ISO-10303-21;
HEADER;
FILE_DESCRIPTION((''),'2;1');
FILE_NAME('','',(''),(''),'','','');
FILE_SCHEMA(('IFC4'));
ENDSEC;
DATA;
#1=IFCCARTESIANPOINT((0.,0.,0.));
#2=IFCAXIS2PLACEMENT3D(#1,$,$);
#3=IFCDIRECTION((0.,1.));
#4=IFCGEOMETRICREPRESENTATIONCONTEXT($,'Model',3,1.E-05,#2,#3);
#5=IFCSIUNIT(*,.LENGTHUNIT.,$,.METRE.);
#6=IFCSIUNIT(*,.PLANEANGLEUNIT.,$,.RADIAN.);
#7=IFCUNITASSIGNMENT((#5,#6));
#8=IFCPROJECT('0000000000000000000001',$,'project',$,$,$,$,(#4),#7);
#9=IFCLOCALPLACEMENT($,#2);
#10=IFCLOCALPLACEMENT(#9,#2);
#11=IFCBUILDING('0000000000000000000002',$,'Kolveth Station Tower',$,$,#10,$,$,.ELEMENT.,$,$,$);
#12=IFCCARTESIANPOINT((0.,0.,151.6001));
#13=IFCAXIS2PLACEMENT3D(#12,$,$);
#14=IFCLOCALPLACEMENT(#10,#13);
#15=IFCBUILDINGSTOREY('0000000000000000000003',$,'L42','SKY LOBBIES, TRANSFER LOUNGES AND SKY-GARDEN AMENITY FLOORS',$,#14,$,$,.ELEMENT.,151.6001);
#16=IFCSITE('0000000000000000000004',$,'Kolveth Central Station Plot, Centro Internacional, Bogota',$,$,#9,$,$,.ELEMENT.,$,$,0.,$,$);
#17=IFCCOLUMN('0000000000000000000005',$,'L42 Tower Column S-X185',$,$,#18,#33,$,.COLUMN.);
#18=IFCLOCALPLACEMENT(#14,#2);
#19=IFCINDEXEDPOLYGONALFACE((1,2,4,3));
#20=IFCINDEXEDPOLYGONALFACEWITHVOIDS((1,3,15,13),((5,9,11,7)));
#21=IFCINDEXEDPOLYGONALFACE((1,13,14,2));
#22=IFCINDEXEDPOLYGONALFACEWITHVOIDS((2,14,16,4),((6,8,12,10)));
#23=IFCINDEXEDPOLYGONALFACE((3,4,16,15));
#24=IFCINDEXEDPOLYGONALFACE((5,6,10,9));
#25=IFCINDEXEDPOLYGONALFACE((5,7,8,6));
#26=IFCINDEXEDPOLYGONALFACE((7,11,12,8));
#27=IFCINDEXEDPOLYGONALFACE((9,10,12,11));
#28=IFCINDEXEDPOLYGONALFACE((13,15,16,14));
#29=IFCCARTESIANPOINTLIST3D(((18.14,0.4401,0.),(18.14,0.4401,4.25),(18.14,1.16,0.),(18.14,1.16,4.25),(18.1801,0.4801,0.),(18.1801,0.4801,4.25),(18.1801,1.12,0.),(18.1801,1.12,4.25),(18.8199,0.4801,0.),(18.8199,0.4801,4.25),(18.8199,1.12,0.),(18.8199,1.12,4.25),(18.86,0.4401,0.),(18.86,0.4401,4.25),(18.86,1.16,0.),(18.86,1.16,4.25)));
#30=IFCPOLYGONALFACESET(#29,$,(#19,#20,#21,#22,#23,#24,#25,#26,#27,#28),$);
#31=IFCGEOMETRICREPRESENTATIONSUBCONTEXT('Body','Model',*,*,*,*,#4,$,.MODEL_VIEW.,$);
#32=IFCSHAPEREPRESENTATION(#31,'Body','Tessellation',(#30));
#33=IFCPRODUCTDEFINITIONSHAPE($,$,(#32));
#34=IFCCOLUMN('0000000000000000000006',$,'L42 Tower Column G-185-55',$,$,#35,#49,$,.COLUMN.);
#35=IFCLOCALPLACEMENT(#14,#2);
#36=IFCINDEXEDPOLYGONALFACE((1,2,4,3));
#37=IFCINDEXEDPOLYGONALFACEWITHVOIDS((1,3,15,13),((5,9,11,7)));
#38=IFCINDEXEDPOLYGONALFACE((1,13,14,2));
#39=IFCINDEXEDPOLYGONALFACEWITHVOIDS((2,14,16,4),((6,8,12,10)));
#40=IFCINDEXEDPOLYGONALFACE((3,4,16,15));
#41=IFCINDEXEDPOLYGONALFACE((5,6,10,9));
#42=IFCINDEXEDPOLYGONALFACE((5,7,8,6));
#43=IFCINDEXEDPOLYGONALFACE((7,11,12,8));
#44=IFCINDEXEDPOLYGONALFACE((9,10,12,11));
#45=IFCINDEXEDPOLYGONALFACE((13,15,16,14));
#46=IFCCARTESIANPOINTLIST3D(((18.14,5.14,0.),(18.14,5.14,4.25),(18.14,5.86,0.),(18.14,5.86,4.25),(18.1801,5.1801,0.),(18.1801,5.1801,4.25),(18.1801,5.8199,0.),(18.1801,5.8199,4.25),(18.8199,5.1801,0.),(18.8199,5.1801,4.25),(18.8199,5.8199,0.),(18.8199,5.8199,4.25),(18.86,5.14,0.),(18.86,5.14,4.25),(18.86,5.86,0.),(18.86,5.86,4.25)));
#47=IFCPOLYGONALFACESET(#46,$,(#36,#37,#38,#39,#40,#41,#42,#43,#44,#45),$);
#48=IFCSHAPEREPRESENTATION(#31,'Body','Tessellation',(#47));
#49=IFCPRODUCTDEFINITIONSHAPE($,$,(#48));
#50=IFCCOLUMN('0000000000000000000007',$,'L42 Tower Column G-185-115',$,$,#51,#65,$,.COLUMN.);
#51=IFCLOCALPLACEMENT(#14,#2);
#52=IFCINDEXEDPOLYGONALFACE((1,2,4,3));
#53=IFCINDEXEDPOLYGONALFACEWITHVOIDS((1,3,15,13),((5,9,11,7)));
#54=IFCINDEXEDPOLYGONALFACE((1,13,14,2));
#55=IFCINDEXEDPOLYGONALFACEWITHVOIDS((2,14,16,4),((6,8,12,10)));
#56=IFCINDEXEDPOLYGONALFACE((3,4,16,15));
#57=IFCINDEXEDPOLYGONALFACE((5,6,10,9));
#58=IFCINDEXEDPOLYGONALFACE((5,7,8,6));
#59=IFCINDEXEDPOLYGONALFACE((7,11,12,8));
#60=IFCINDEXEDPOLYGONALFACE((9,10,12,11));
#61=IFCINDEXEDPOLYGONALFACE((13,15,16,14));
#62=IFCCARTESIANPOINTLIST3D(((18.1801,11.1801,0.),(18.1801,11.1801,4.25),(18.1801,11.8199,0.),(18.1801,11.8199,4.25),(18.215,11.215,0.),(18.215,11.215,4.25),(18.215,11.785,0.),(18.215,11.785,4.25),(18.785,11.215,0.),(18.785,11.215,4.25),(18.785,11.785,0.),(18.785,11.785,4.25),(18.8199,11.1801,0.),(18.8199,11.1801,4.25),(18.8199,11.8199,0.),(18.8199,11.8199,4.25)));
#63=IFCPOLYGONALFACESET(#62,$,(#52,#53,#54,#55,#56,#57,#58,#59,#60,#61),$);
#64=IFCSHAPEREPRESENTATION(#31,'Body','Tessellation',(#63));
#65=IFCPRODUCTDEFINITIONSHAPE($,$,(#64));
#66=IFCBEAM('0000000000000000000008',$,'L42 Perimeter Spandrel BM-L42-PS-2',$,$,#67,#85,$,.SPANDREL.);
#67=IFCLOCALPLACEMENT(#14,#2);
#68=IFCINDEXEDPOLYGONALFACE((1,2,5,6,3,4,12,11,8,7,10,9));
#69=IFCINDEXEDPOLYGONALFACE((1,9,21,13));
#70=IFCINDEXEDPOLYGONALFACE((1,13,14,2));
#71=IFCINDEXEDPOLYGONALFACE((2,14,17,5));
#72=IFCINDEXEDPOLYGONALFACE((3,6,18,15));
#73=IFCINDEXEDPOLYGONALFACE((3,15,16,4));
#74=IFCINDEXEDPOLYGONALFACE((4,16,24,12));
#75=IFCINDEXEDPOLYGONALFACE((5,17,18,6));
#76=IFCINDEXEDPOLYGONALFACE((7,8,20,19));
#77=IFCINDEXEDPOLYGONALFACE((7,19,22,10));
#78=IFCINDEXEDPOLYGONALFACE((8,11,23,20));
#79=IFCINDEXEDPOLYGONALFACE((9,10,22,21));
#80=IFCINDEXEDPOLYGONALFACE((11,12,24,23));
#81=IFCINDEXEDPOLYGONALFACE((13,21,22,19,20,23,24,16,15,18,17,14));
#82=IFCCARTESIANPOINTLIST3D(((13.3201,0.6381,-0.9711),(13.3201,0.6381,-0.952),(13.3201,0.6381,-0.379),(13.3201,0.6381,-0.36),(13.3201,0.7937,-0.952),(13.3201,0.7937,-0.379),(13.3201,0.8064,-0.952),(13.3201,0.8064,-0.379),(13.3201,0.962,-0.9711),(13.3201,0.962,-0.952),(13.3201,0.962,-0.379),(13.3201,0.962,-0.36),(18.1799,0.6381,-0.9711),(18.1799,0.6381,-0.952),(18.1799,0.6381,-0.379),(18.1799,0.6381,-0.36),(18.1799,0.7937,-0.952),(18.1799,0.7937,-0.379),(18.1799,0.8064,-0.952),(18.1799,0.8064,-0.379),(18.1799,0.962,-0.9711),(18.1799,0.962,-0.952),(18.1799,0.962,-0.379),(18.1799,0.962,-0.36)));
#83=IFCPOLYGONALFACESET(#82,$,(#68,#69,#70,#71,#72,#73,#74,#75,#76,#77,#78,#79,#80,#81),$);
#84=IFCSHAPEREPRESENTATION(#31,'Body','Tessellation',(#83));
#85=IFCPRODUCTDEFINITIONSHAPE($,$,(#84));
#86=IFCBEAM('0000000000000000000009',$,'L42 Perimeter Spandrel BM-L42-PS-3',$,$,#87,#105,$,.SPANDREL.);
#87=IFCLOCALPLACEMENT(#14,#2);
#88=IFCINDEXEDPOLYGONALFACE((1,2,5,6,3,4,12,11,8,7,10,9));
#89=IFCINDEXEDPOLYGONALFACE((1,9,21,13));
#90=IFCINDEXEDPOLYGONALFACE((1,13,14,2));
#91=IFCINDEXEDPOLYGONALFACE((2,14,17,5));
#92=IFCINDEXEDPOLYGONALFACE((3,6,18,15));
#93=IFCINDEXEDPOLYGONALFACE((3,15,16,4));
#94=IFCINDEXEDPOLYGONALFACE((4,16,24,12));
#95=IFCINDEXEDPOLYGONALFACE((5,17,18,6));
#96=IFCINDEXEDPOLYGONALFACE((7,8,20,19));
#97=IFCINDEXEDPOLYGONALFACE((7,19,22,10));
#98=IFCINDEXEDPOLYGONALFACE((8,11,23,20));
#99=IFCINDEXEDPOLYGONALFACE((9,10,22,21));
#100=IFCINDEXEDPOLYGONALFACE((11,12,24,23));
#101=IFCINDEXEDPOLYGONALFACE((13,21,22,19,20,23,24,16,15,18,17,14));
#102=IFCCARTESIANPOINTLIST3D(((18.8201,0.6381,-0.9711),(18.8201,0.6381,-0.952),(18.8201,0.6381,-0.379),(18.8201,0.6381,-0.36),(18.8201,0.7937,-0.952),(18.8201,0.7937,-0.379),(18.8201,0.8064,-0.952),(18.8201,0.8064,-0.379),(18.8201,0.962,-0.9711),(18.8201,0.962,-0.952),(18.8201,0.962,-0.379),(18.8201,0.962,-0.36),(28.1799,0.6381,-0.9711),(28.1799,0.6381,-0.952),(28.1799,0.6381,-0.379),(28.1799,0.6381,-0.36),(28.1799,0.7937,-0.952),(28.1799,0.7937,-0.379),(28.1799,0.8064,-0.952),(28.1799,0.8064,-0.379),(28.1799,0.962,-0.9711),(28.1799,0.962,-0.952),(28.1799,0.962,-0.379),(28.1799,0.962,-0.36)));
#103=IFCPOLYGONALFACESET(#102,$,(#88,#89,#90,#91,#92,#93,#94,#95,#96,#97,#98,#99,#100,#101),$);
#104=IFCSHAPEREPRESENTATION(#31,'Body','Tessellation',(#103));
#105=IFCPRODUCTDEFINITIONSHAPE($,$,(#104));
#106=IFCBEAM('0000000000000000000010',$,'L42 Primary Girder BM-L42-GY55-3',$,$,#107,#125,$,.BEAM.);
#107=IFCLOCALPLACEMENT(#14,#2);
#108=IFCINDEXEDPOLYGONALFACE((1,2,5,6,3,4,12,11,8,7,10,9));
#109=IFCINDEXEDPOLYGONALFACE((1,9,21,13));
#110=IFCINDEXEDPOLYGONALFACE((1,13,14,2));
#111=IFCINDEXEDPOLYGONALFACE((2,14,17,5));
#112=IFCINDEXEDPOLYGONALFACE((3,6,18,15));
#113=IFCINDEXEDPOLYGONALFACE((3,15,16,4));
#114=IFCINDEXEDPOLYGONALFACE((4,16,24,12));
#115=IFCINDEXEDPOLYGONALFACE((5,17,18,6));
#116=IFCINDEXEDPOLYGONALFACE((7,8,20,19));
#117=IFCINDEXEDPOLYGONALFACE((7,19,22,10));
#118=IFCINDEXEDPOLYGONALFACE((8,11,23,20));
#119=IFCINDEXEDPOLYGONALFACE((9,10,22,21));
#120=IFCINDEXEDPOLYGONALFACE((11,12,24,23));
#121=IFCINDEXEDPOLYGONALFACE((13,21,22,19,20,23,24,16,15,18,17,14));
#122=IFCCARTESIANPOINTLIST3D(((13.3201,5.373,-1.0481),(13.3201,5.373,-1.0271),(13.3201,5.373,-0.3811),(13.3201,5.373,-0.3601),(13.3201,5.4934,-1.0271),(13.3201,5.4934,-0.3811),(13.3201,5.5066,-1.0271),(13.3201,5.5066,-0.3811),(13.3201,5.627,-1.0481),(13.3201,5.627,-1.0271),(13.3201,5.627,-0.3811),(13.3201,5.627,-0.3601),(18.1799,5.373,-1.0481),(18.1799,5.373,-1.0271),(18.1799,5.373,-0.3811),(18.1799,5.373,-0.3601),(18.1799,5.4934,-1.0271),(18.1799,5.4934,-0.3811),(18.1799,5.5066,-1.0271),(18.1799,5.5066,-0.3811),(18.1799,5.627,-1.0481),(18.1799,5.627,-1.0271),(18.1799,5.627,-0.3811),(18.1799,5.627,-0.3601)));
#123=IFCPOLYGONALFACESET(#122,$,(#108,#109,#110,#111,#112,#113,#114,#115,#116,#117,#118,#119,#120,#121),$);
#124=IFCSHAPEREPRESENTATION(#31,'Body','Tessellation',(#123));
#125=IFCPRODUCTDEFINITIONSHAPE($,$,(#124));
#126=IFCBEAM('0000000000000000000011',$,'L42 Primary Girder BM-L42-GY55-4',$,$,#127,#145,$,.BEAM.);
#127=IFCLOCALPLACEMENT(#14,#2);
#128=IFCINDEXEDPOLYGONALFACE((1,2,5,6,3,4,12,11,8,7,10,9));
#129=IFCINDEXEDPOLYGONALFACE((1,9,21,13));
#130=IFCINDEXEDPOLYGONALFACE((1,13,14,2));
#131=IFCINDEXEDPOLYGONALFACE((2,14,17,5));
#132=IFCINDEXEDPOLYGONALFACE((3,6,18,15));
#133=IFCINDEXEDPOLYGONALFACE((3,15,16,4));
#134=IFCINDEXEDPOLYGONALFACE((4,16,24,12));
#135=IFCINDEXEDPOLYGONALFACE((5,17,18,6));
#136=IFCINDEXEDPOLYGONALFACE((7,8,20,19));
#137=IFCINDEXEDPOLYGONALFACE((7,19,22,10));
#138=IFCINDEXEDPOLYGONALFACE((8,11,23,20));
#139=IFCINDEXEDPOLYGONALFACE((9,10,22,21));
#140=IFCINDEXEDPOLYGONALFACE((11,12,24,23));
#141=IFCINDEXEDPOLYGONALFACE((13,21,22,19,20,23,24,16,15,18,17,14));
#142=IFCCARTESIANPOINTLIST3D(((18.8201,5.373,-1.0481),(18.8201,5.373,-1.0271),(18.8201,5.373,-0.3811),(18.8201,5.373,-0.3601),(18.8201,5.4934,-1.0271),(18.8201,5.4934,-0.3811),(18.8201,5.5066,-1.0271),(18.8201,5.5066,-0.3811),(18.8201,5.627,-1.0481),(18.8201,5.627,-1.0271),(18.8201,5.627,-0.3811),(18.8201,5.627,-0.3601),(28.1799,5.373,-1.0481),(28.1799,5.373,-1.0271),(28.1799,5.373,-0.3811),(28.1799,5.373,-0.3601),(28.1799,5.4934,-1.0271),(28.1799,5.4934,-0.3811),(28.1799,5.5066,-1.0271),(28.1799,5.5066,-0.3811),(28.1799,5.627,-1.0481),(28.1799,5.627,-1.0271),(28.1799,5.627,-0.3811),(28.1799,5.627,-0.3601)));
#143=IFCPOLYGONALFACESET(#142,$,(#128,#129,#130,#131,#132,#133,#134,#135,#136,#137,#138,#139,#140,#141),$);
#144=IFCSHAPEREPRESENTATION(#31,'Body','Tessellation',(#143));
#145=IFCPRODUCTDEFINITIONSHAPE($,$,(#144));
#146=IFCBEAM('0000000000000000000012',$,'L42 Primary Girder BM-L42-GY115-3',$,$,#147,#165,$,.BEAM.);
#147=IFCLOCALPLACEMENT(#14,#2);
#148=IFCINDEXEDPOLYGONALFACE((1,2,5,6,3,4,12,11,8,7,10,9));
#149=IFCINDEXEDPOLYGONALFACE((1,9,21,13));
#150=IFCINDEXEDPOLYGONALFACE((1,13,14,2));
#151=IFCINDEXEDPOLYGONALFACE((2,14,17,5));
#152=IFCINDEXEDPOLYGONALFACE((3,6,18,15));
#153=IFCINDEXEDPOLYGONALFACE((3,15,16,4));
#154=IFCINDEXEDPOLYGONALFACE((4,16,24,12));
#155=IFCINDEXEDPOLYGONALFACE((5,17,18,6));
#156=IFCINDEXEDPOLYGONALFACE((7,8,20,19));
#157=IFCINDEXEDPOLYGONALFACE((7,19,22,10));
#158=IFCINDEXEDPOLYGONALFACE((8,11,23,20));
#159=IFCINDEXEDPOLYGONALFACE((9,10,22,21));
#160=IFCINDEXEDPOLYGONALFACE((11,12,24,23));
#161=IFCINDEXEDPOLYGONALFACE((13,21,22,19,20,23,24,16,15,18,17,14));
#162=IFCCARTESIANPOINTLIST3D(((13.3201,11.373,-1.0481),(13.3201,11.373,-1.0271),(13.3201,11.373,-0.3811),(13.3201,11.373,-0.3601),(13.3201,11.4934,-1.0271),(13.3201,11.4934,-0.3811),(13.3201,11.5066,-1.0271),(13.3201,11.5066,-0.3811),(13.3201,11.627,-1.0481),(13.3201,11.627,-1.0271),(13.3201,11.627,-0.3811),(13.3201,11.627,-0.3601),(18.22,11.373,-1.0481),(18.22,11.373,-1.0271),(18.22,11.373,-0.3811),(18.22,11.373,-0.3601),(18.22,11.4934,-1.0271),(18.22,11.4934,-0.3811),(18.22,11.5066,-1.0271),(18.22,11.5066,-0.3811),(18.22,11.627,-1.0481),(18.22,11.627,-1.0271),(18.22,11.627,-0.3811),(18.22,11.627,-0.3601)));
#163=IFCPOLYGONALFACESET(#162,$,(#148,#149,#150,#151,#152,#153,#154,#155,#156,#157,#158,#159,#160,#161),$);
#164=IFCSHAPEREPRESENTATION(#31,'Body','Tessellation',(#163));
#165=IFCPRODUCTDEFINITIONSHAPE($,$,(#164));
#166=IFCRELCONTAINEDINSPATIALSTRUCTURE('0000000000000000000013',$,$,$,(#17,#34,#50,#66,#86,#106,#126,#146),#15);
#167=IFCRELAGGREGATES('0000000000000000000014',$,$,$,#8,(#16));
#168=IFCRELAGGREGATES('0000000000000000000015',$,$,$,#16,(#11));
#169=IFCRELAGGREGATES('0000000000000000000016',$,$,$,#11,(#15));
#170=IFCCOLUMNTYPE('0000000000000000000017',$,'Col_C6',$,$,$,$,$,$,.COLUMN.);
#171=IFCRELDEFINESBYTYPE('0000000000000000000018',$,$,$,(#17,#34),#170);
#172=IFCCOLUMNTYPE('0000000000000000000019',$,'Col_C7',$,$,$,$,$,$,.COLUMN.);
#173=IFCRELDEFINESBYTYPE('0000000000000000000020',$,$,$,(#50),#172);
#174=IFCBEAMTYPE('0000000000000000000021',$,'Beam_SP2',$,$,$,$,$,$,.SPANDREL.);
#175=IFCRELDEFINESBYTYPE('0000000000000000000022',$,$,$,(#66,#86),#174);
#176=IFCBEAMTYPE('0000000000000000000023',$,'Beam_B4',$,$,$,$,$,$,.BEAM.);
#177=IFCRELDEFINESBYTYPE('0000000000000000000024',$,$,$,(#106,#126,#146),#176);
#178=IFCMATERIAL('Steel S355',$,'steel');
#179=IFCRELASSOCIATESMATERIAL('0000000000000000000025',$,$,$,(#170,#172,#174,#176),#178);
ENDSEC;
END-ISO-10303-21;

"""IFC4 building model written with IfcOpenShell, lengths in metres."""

from ifc_helpers import new_model, si_unit, direction, frame, origin, origin_2d, place, context, subcontext, project, spatial, hollow_rectangle, i_section, extrude, source, transform, mapped, material, material_profile, profile_set, type_object, element, save


model = new_model("IFC4")

# Units and contexts
model_context = context("Model", 3, precision=1e-05, world=origin(), true_north=direction((0.0, 1.0)))
body_context = subcontext(model_context, "Body", "Model", "MODEL_VIEW")
ifc_project = project(units=[si_unit("LENGTHUNIT", "METRE"), si_unit("PLANEANGLEUNIT", "RADIAN")], contexts=[model_context])

# Site, building, storey
site_placement = place(None, origin())
site = spatial("IfcSite", under=ifc_project, at=site_placement, Name="Kolveth Central Station Plot, Centro Internacional, Bogota", CompositionType="ELEMENT", RefElevation=0.0)
building_placement = place(site_placement, origin())
building = spatial("IfcBuilding", under=site, at=building_placement, Name="Kolveth Station Tower", CompositionType="ELEMENT")
storey_placement = place(building_placement, frame((0.0, 0.0, 151.6001)))
storey = spatial("IfcBuildingStorey", under=building, at=storey_placement, Name="L42", Description="SKY LOBBIES, TRANSFER LOUNGES AND SKY-GARDEN AMENITY FLOORS", CompositionType="ELEMENT", Elevation=151.6001)

# Columns
ifc_material_1 = material(Name="Steel S355", Category="steel")
ifc_material_profile_1 = material_profile(ifc_material_1, hollow_rectangle(XDim=0.72, YDim=0.72, WallThickness=0.04, at=origin_2d()), Name="BOX720x720x40")
ifc_profile_set_1 = profile_set([ifc_material_profile_1], Name="Steel S355")
column_type_1 = type_object("IfcColumnType", Name="Col_C6", PredefinedType="COLUMN", material=ifc_profile_set_1)
shared_shape_1 = source(origin(), body_context, "Body", "SweptSolid", [
    extrude(hollow_rectangle(XDim=0.72, YDim=0.72, WallThickness=0.04, at=origin_2d()), origin(), (0.0, 0.0, 1.0), 4.25),
])
for number, where, z_axis, x_axis, name in (
    (1, (18.5, 0.8, 0.0), (0.0, 0.0, 1.0), (1.0, 0.0, 0.0), "L42 Tower Column S-X185"),
    (2, (18.5, 5.5, 0.0), (0.0, 0.0, 1.0), (1.0, 0.0, 0.0), "L42 Tower Column G-185-55"),
):
    element("IfcColumn", number, at=place(storey_placement, frame(where, z_axis=z_axis, x_axis=x_axis)), inside=storey, type_object=column_type_1, Name=name, PredefinedType="COLUMN", context=body_context, shape_type="MappedRepresentation", body=[
        mapped(shared_shape_1, transform((0.0, 0.0, 0.0), x_axis=(1.0, 0.0, 0.0), y_axis=(0.0, 1.0, 0.0), z_axis=(0.0, 0.0, 1.0), scale=1.0)),
    ])
ifc_material_profile_2 = material_profile(ifc_material_1, hollow_rectangle(XDim=0.6399, YDim=0.6399, WallThickness=0.0349, at=origin_2d()), Name="BOX640x640x35")
ifc_profile_set_2 = profile_set([ifc_material_profile_2], Name="Steel S355")
column_type_2 = type_object("IfcColumnType", Name="Col_C7", PredefinedType="COLUMN", material=ifc_profile_set_2)
shared_shape_2 = source(origin(), body_context, "Body", "SweptSolid", [
    extrude(hollow_rectangle(XDim=0.6399, YDim=0.6399, WallThickness=0.0349, at=origin_2d()), origin(), (0.0, 0.0, 1.0), 4.25),
])
column_placement = place(storey_placement, frame((18.5, 11.5, 0.0), z_axis=(0.0, 0.0, 1.0), x_axis=(1.0, 0.0, 0.0)))
element("IfcColumn", 3, at=column_placement, inside=storey, type_object=column_type_2, Name="L42 Tower Column G-185-115", PredefinedType="COLUMN", context=body_context, shape_type="MappedRepresentation", body=[
    mapped(shared_shape_2, transform((0.0, 0.0, 0.0), x_axis=(1.0, 0.0, 0.0), y_axis=(0.0, 1.0, 0.0), z_axis=(0.0, 0.0, 1.0), scale=1.0)),
])

# Beams
ifc_material_profile_3 = material_profile(ifc_material_1, i_section(OverallWidth=0.324, OverallDepth=0.6111, WebThickness=0.0127, FlangeThickness=0.019, at=origin_2d()), Name="W610x155")
ifc_profile_set_3 = profile_set([ifc_material_profile_3], Name="Steel S355")
beam_type_1 = type_object("IfcBeamType", Name="Beam_SP2", PredefinedType="SPANDREL", material=ifc_profile_set_3)
shared_shape_3 = source(origin(), body_context, "Body", "SweptSolid", [
    extrude(i_section(OverallWidth=0.324, OverallDepth=0.6111, WebThickness=0.0127, FlangeThickness=0.019, at=origin_2d()), origin(), (0.0, 0.0, 1.0), 4.8599),
])
beam_1_placement = place(storey_placement, frame((13.3201, 0.8, -0.6655), z_axis=(1.0, 0.0, 0.0), x_axis=(0.0, 1.0, 0.0)))
element("IfcBeam", 4, at=beam_1_placement, inside=storey, type_object=beam_type_1, Name="L42 Perimeter Spandrel BM-L42-PS-2", PredefinedType="SPANDREL", context=body_context, shape_type="MappedRepresentation", body=[
    mapped(shared_shape_3, transform((0.0, 0.0, 0.0), x_axis=(1.0, 0.0, 0.0), y_axis=(0.0, 1.0, 0.0), z_axis=(0.0, 0.0, 1.0), scale=1.0)),
])
shared_shape_4 = source(origin(), body_context, "Body", "SweptSolid", [
    extrude(i_section(OverallWidth=0.324, OverallDepth=0.6111, WebThickness=0.0127, FlangeThickness=0.019, at=origin_2d()), origin(), (0.0, 0.0, 1.0), 9.3599),
])
beam_2_placement = place(storey_placement, frame((18.8201, 0.8, -0.6655), z_axis=(1.0, 0.0, 0.0), x_axis=(0.0, 1.0, 0.0)))
element("IfcBeam", 5, at=beam_2_placement, inside=storey, type_object=beam_type_1, Name="L42 Perimeter Spandrel BM-L42-PS-3", PredefinedType="SPANDREL", context=body_context, shape_type="MappedRepresentation", body=[
    mapped(shared_shape_4, transform((0.0, 0.0, 0.0), x_axis=(1.0, 0.0, 0.0), y_axis=(0.0, 1.0, 0.0), z_axis=(0.0, 0.0, 1.0), scale=1.0)),
])
ifc_material_profile_4 = material_profile(ifc_material_1, i_section(OverallWidth=0.2539, OverallDepth=0.688, WebThickness=0.0132, FlangeThickness=0.021, at=origin_2d()), Name="W690x152")
ifc_profile_set_4 = profile_set([ifc_material_profile_4], Name="Steel S355")
beam_type_2 = type_object("IfcBeamType", Name="Beam_B4", PredefinedType="BEAM", material=ifc_profile_set_4)
shared_shape_5 = source(origin(), body_context, "Body", "SweptSolid", [
    extrude(i_section(OverallWidth=0.2539, OverallDepth=0.688, WebThickness=0.0132, FlangeThickness=0.021, at=origin_2d()), origin(), (0.0, 0.0, 1.0), 4.8599),
])
beam_3_placement = place(storey_placement, frame((13.3201, 5.5, -0.7041), z_axis=(1.0, 0.0, 0.0), x_axis=(0.0, 1.0, 0.0)))
element("IfcBeam", 6, at=beam_3_placement, inside=storey, type_object=beam_type_2, Name="L42 Primary Girder BM-L42-GY55-3", PredefinedType="BEAM", context=body_context, shape_type="MappedRepresentation", body=[
    mapped(shared_shape_5, transform((0.0, 0.0, 0.0), x_axis=(1.0, 0.0, 0.0), y_axis=(0.0, 1.0, 0.0), z_axis=(0.0, 0.0, 1.0), scale=1.0)),
])
shared_shape_6 = source(origin(), body_context, "Body", "SweptSolid", [
    extrude(i_section(OverallWidth=0.2539, OverallDepth=0.688, WebThickness=0.0132, FlangeThickness=0.021, at=origin_2d()), origin(), (0.0, 0.0, 1.0), 9.3599),
])
beam_4_placement = place(storey_placement, frame((18.8201, 5.5, -0.7041), z_axis=(1.0, 0.0, 0.0), x_axis=(0.0, 1.0, 0.0)))
element("IfcBeam", 7, at=beam_4_placement, inside=storey, type_object=beam_type_2, Name="L42 Primary Girder BM-L42-GY55-4", PredefinedType="BEAM", context=body_context, shape_type="MappedRepresentation", body=[
    mapped(shared_shape_6, transform((0.0, 0.0, 0.0), x_axis=(1.0, 0.0, 0.0), y_axis=(0.0, 1.0, 0.0), z_axis=(0.0, 0.0, 1.0), scale=1.0)),
])
shared_shape_7 = source(origin(), body_context, "Body", "SweptSolid", [
    extrude(i_section(OverallWidth=0.2539, OverallDepth=0.688, WebThickness=0.0132, FlangeThickness=0.021, at=origin_2d()), origin(), (0.0, 0.0, 1.0), 4.8999),
])
beam_5_placement = place(storey_placement, frame((13.3201, 11.5, -0.7041), z_axis=(1.0, 0.0, 0.0), x_axis=(0.0, 1.0, 0.0)))
element("IfcBeam", 8, at=beam_5_placement, inside=storey, type_object=beam_type_2, Name="L42 Primary Girder BM-L42-GY115-3", PredefinedType="BEAM", context=body_context, shape_type="MappedRepresentation", body=[
    mapped(shared_shape_7, transform((0.0, 0.0, 0.0), x_axis=(1.0, 0.0, 0.0), y_axis=(0.0, 1.0, 0.0), z_axis=(0.0, 0.0, 1.0), scale=1.0)),
])

save(model, "model.ifc")
